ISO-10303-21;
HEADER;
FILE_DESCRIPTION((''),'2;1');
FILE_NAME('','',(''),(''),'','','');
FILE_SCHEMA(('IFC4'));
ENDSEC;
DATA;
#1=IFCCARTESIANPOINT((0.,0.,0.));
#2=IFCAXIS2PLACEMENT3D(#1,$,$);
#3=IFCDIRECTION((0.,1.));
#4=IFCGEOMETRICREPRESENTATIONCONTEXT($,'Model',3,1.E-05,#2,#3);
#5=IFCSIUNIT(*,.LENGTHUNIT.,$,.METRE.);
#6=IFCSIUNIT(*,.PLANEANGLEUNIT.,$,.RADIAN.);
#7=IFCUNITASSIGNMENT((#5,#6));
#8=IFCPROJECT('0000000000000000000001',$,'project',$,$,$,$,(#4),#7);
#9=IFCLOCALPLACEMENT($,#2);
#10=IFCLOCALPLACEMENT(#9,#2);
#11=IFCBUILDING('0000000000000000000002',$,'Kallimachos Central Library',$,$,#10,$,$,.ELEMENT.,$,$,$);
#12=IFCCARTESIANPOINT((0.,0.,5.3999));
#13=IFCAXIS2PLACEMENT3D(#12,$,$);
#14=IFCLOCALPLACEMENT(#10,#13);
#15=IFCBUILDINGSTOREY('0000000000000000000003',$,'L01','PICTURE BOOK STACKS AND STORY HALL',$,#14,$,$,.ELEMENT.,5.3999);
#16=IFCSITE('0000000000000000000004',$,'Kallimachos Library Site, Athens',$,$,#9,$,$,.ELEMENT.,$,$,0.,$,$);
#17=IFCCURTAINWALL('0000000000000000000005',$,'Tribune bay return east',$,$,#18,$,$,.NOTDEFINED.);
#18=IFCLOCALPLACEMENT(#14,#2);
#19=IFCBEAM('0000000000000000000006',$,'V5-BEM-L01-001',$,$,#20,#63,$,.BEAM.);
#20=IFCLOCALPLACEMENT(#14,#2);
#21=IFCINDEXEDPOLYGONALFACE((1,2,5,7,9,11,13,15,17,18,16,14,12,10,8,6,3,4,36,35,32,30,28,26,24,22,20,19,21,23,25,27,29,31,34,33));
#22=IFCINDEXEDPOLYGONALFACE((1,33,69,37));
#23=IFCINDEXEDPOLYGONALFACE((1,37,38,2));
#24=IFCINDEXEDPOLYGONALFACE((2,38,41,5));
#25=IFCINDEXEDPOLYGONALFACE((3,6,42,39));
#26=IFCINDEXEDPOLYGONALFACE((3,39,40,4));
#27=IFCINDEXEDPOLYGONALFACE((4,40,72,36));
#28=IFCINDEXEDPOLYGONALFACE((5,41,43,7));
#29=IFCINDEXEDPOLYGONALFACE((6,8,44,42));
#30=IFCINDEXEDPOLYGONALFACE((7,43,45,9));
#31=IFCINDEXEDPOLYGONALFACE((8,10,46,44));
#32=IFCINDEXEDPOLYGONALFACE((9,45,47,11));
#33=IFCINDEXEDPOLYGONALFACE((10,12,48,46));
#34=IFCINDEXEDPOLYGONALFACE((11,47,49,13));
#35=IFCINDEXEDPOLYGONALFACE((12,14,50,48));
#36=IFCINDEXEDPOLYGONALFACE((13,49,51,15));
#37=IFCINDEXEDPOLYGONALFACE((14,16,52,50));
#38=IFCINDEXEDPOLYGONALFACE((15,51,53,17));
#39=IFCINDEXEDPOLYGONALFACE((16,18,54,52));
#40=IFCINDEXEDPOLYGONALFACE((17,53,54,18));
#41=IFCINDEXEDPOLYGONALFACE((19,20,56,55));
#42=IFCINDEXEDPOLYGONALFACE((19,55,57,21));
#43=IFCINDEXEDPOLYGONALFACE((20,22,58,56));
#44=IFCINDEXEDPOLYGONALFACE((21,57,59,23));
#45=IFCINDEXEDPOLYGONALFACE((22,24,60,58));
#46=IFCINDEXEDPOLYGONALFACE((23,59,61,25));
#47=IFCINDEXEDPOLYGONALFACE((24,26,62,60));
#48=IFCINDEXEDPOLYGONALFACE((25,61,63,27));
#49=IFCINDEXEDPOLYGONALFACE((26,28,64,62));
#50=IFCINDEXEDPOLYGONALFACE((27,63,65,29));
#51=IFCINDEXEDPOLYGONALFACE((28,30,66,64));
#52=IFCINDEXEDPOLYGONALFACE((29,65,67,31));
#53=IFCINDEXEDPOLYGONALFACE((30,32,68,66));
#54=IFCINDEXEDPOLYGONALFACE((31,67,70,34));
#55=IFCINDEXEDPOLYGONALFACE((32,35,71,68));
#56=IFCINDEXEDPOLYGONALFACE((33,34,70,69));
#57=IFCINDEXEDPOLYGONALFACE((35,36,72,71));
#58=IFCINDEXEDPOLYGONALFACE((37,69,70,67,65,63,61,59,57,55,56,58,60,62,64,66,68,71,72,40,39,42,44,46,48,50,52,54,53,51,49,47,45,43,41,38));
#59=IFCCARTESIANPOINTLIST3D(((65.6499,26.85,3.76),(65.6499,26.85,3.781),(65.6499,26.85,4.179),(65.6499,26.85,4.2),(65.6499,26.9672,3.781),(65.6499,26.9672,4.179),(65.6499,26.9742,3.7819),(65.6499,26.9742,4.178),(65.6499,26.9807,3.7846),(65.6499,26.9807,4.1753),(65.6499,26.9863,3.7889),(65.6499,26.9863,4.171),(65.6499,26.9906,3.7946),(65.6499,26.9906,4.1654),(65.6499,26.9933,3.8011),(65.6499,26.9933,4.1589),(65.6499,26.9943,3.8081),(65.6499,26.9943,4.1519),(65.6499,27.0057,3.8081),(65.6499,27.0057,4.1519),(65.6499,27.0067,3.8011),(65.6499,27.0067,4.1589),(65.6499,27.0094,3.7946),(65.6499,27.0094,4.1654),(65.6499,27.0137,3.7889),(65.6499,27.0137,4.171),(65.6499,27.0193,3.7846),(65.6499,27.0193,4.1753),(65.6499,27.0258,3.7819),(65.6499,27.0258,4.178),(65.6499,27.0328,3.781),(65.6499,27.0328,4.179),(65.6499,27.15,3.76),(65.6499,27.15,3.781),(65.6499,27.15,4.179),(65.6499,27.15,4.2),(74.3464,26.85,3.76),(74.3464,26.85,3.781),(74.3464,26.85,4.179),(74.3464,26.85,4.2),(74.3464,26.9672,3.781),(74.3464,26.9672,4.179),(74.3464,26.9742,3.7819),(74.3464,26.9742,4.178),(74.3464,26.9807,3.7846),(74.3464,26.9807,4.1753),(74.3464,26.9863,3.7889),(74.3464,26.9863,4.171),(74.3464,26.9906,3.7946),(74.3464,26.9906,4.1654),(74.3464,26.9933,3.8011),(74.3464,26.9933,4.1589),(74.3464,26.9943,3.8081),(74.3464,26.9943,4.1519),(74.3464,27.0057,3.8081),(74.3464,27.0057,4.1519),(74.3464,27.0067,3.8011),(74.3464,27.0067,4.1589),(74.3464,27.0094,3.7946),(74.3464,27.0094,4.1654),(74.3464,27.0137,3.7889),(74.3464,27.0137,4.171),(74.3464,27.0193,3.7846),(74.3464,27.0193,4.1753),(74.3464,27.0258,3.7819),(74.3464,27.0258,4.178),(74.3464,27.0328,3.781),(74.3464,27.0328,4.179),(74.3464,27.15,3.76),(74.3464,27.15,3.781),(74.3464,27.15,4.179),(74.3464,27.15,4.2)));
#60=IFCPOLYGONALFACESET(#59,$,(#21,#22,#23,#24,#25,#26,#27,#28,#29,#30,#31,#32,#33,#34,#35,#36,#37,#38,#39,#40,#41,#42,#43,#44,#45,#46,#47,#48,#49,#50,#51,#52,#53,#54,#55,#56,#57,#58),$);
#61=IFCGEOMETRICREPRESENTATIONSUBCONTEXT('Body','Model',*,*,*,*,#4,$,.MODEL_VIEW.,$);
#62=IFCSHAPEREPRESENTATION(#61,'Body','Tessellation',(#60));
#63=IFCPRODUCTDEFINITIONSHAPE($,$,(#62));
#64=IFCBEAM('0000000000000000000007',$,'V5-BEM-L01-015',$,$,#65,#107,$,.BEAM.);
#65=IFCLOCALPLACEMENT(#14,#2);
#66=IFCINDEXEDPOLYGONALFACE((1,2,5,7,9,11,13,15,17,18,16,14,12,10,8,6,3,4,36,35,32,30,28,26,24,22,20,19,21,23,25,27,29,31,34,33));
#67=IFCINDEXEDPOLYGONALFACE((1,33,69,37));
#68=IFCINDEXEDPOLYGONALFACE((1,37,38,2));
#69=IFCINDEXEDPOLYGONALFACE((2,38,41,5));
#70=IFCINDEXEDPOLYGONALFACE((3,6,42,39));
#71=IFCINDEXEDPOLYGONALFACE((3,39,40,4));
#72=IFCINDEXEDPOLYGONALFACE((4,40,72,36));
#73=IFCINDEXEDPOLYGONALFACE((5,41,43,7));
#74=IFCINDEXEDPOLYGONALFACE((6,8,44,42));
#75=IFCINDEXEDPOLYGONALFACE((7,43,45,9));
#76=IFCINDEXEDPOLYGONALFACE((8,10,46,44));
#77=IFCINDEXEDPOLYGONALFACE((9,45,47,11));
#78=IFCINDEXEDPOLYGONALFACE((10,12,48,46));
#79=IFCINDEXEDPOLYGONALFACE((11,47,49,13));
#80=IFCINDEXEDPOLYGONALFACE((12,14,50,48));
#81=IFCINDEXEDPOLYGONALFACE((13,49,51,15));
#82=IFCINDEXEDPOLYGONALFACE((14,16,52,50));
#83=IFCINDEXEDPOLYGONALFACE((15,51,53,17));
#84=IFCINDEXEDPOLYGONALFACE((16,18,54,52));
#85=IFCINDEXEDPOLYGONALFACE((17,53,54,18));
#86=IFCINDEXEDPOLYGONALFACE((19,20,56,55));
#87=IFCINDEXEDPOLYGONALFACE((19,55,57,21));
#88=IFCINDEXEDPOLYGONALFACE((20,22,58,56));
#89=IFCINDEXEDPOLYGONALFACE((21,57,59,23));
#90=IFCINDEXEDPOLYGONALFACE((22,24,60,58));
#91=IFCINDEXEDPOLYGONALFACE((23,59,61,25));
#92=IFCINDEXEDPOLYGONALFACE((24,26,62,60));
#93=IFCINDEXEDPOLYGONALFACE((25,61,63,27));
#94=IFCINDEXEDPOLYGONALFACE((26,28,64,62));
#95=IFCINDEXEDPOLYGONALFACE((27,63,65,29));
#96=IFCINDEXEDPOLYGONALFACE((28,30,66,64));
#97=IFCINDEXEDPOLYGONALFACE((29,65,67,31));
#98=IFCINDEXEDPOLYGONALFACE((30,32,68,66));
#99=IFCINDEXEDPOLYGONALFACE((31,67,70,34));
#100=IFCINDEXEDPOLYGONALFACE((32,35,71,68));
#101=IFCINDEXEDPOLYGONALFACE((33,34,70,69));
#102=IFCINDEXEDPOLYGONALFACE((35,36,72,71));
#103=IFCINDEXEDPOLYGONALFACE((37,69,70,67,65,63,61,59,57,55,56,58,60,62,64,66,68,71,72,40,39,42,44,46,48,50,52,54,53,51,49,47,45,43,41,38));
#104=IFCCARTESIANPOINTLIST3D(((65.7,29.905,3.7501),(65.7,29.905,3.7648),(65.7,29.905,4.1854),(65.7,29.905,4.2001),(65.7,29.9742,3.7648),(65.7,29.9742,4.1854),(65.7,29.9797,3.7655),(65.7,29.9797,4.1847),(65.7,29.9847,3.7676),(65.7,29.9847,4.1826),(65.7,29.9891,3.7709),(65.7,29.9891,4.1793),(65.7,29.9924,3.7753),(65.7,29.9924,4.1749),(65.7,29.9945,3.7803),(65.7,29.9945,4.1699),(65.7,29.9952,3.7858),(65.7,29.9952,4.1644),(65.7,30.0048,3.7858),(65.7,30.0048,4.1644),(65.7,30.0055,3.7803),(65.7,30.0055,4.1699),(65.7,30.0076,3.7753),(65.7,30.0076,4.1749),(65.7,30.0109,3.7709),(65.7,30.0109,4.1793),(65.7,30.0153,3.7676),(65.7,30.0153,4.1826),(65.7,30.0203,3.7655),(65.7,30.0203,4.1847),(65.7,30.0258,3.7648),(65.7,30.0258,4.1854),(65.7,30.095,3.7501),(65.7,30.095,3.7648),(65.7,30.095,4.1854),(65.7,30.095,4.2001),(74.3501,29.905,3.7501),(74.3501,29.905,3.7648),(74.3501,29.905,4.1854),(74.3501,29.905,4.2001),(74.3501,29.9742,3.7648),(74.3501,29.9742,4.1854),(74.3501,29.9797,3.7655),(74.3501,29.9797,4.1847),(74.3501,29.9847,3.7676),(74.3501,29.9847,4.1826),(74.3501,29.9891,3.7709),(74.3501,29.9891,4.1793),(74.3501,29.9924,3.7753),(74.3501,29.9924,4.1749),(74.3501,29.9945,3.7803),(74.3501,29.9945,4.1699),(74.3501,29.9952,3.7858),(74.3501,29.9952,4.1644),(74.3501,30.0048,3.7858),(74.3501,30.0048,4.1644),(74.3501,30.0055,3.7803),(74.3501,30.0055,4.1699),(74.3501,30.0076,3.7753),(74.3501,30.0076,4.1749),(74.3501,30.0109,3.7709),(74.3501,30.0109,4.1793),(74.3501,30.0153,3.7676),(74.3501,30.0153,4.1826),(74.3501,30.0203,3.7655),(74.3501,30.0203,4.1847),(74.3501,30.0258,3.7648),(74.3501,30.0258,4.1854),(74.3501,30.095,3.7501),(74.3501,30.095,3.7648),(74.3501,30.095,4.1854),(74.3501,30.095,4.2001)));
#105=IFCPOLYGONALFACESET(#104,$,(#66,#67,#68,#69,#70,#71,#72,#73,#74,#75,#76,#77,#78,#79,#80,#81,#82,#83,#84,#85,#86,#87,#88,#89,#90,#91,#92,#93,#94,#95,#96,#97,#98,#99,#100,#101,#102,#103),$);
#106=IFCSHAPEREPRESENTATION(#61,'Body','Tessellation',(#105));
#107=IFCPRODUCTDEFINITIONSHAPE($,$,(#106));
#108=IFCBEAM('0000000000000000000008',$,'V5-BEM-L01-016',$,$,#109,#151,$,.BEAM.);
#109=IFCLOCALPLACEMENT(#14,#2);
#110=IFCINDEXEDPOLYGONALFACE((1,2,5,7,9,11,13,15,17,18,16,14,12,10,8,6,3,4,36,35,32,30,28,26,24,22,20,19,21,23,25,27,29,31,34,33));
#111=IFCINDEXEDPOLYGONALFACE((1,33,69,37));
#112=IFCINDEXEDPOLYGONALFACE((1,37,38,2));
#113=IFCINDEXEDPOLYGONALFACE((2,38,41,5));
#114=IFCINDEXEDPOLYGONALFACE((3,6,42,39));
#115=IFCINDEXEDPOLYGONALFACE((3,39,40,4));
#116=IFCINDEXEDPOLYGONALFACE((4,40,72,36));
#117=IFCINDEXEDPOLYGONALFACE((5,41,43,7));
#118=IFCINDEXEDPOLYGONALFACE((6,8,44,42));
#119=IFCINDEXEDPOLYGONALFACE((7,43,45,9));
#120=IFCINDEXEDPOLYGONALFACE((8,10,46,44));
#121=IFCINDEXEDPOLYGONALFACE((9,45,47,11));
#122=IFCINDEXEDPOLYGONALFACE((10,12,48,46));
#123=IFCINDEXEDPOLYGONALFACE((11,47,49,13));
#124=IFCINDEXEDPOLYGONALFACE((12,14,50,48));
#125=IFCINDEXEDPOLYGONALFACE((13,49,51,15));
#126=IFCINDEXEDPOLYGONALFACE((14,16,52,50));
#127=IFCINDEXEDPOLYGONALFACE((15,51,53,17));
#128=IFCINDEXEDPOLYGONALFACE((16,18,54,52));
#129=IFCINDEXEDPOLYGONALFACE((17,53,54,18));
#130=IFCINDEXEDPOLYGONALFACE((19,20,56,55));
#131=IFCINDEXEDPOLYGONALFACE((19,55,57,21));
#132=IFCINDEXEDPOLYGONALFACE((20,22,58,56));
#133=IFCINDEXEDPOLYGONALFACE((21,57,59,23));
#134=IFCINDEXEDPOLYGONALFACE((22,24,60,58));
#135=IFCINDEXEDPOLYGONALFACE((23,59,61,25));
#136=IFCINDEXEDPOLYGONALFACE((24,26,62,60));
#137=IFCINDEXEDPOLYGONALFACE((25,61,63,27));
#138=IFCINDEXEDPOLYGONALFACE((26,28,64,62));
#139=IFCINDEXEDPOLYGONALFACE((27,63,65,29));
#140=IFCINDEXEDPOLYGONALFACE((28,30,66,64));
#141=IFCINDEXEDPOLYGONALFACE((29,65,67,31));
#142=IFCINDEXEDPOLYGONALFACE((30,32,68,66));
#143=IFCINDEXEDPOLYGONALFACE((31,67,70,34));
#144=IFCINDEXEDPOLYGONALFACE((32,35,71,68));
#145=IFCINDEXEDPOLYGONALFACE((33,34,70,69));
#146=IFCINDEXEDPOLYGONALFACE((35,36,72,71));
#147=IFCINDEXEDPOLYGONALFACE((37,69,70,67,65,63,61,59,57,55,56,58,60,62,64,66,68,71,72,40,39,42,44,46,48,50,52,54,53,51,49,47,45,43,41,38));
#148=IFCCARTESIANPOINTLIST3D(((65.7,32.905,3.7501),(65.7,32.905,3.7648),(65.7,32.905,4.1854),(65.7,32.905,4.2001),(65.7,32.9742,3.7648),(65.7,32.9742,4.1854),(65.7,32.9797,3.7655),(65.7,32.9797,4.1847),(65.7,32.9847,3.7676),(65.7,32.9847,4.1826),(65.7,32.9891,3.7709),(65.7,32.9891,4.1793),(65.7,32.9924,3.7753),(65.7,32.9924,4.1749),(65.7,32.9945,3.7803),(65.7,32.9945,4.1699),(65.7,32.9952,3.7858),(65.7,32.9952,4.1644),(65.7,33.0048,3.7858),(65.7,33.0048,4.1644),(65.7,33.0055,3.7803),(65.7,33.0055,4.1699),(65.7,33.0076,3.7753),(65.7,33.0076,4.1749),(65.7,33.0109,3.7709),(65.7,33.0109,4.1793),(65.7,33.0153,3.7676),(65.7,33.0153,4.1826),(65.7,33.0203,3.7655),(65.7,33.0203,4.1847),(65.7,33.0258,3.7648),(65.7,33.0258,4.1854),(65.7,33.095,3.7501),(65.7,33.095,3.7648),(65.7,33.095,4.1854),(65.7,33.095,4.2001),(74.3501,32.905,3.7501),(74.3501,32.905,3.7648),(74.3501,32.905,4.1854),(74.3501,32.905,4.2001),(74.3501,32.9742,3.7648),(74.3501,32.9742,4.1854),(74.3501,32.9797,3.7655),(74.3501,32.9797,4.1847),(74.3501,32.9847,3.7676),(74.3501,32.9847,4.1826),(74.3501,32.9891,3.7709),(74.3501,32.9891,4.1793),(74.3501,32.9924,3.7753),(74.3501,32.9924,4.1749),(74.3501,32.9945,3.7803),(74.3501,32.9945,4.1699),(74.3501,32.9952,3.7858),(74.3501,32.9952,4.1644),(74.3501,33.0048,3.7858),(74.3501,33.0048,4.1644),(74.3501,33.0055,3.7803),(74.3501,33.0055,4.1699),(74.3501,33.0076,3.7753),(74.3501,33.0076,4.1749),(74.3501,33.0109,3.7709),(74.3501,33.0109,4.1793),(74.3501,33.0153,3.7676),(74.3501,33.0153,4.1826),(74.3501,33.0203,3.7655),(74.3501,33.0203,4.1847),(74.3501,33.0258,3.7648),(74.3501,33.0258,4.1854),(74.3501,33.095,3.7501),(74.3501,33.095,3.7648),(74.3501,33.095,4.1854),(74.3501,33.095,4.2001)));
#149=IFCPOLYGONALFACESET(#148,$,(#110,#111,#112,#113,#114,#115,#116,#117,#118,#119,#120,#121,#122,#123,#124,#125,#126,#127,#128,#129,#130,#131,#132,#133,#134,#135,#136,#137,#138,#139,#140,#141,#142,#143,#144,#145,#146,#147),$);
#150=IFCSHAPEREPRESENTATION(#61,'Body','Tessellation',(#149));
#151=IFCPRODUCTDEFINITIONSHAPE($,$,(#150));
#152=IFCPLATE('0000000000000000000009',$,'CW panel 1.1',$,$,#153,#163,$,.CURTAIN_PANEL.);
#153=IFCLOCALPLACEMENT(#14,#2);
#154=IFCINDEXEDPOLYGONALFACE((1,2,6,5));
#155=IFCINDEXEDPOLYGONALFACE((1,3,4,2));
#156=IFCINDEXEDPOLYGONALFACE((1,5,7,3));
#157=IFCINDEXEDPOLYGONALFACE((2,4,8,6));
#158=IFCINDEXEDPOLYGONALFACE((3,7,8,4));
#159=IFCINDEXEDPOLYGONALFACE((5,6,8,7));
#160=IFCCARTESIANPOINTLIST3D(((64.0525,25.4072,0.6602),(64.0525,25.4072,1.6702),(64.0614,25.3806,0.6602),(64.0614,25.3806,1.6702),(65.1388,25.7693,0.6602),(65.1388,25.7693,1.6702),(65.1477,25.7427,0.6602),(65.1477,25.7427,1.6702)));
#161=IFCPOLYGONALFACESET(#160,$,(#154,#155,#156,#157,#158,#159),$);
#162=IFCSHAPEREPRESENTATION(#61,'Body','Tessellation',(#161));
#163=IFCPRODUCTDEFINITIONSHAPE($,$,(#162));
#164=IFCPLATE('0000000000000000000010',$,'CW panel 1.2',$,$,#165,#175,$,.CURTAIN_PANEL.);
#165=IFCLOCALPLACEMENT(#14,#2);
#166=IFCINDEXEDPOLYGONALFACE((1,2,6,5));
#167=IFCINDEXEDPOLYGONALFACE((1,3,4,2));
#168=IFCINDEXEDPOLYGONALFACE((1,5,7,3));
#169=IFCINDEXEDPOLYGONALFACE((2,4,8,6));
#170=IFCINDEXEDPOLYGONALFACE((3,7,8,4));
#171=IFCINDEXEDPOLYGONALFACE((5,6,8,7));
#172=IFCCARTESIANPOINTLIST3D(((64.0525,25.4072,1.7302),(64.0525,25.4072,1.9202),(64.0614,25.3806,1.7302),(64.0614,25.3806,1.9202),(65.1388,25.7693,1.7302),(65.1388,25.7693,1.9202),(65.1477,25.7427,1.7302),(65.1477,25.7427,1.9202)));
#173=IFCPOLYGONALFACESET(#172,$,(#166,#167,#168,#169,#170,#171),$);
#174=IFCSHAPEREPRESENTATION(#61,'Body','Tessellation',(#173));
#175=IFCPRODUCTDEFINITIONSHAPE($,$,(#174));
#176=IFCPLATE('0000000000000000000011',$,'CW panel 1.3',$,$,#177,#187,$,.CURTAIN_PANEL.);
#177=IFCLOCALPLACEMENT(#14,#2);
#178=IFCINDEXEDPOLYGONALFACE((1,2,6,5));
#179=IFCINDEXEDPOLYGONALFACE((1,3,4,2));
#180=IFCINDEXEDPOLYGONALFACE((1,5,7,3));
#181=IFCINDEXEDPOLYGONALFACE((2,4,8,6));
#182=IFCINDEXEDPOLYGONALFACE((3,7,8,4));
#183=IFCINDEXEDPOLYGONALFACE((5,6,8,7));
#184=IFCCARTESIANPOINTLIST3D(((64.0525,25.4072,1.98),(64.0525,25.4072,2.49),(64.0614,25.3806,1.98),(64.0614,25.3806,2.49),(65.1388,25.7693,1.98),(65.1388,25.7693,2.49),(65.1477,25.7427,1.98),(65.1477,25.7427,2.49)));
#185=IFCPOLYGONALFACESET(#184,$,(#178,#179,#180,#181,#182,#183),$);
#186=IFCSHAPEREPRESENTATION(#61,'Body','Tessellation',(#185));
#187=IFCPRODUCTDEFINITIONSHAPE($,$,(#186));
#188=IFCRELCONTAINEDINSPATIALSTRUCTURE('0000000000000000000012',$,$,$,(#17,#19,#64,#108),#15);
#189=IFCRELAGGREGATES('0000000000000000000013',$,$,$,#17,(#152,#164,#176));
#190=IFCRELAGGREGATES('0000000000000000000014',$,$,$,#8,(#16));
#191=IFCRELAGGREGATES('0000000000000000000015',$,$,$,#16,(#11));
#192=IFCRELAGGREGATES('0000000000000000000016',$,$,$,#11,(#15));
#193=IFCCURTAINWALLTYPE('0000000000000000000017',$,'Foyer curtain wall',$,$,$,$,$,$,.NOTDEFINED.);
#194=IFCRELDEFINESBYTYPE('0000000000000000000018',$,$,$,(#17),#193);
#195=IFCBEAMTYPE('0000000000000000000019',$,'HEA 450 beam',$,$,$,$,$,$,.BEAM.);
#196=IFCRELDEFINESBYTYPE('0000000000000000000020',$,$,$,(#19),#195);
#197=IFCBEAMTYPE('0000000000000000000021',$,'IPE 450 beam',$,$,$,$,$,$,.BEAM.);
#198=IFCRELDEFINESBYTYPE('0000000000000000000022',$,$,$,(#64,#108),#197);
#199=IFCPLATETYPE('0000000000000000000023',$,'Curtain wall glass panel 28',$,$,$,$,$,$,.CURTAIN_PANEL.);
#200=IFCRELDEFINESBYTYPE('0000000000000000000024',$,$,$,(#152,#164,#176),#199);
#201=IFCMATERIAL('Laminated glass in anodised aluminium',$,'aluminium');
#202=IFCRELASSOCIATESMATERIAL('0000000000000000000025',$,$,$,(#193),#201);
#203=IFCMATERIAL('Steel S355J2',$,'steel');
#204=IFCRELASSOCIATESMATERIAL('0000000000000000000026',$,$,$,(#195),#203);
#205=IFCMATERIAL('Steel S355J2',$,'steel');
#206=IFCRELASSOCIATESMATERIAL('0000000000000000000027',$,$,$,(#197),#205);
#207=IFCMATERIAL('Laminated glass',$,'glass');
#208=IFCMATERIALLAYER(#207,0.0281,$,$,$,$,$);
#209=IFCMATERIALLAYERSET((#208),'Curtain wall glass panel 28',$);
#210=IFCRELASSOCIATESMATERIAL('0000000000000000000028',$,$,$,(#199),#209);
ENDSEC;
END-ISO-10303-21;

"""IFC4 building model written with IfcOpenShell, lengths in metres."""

from ifc_helpers import new_model, si_unit, direction, frame, origin, origin_2d, place, context, subcontext, project, spatial, rectangle, i_section, extrude, material, layer, layer_set, material_profile, profile_set, type_object, element, aggregate, save


model = new_model("IFC4")

# Units and contexts
model_context = context("Model", 3, precision=1e-05, world=origin(), true_north=direction((0.0, 1.0)))
body_context = subcontext(model_context, "Body", "Model", "MODEL_VIEW")
ifc_project = project(units=[si_unit("LENGTHUNIT", "METRE"), si_unit("PLANEANGLEUNIT", "RADIAN")], contexts=[model_context])

# Site, building, storey
site_placement = place(None, origin())
site = spatial("IfcSite", under=ifc_project, at=site_placement, Name="Kallimachos Library Site, Athens", CompositionType="ELEMENT", RefElevation=0.0)
building_placement = place(site_placement, origin())
building = spatial("IfcBuilding", under=site, at=building_placement, Name="Kallimachos Central Library", CompositionType="ELEMENT")
storey_placement = place(building_placement, frame((0.0, 0.0, 5.3999)))
storey = spatial("IfcBuildingStorey", under=building, at=storey_placement, Name="L01", Description="PICTURE BOOK STACKS AND STORY HALL", CompositionType="ELEMENT", Elevation=5.3999)

# Curtain wall
ifc_material_1 = material(Name="Laminated glass in anodised aluminium", Category="aluminium")
curtain_wall_type = type_object("IfcCurtainWallType", Name="Foyer curtain wall", PredefinedType="NOTDEFINED", material=ifc_material_1)
curtain_wall_placement = place(storey_placement, origin())
curtain_wall = element("IfcCurtainWall", 1, at=curtain_wall_placement, inside=storey, type_object=curtain_wall_type, Name="Tribune bay return east", PredefinedType="NOTDEFINED")

# Beams
ifc_material_2 = material(Name="Steel S355J2", Category="steel")
ifc_material_profile_1 = material_profile(ifc_material_2, i_section(OverallWidth=0.3, OverallDepth=0.4399, WebThickness=0.0115, FlangeThickness=0.021, FilletRadius=0.0271, at=origin_2d()), Name="HEA 450")
ifc_profile_set_1 = profile_set([ifc_material_profile_1], Name="Steel S355J2")
beam_type_1 = type_object("IfcBeamType", Name="HEA 450 beam", PredefinedType="BEAM", material=ifc_profile_set_1)
beam_placement = place(storey_placement, frame((65.6499, 27.0, 3.98), z_axis=(1.0, 0.0, 0.0), x_axis=(0.0, 1.0, 0.0)))
element("IfcBeam", 2, at=beam_placement, inside=storey, type_object=beam_type_1, Name="V5-BEM-L01-001", PredefinedType="BEAM", context=body_context, shape_type="SweptSolid", body=[
    extrude(i_section(OverallWidth=0.3, OverallDepth=0.4399, WebThickness=0.0115, FlangeThickness=0.021, FilletRadius=0.0271, at=origin_2d()), origin(), (0.0, 0.0, 1.0), 8.6965),
])
ifc_material_3 = material(Name="Steel S355J2", Category="steel")
ifc_material_profile_2 = material_profile(ifc_material_3, i_section(OverallWidth=0.1899, OverallDepth=0.45, WebThickness=0.0095, FlangeThickness=0.0146, FilletRadius=0.021, at=origin_2d()), Name="IPE 450")
ifc_profile_set_2 = profile_set([ifc_material_profile_2], Name="Steel S355J2")
beam_type_2 = type_object("IfcBeamType", Name="IPE 450 beam", PredefinedType="BEAM", material=ifc_profile_set_2)
for number, where, z_axis, x_axis, name in (
    (3, (65.7, 30.0, 3.9751), (1.0, 0.0, 0.0), (0.0, 1.0, 0.0), "V5-BEM-L01-015"),
    (4, (65.7, 33.0, 3.9751), (1.0, 0.0, 0.0), (0.0, 1.0, 0.0), "V5-BEM-L01-016"),
):
    element("IfcBeam", number, at=place(storey_placement, frame(where, z_axis=z_axis, x_axis=x_axis)), inside=storey, type_object=beam_type_2, Name=name, PredefinedType="BEAM", context=body_context, shape_type="SweptSolid", body=[
        extrude(i_section(OverallWidth=0.1899, OverallDepth=0.45, WebThickness=0.0095, FlangeThickness=0.0146, FilletRadius=0.021, at=origin_2d()), origin(), (0.0, 0.0, 1.0), 8.6501),
    ])

# Plates
ifc_material_4 = material(Name="Laminated glass", Category="glass")
ifc_layer_1 = layer(ifc_material_4, 0.0281)
ifc_layer_set_1 = layer_set([ifc_layer_1], Name="Curtain wall glass panel 28")
plate_type = type_object("IfcPlateType", Name="Curtain wall glass panel 28", PredefinedType="CURTAIN_PANEL", material=ifc_layer_set_1)
plate_1_placement = place(storey_placement, frame((64.6001, 25.575, 0.6602), z_axis=(0.0, 0.0, 1.0), x_axis=(0.948683, 0.316228, 0.0)))
plate_1 = element("IfcPlate", 5, at=plate_1_placement, type_object=plate_type, Name="CW panel 1.1", PredefinedType="CURTAIN_PANEL", context=body_context, shape_type="SweptSolid", body=[
    extrude(rectangle(XDim=1.145, YDim=0.0281, at=origin_2d()), origin(), (0.0, 0.0, 1.0), 1.01),
])
plate_2_placement = place(storey_placement, frame((64.6001, 25.575, 1.7302), z_axis=(0.0, 0.0, 1.0), x_axis=(0.948683, 0.316228, 0.0)))
plate_2 = element("IfcPlate", 6, at=plate_2_placement, type_object=plate_type, Name="CW panel 1.2", PredefinedType="CURTAIN_PANEL", context=body_context, shape_type="SweptSolid", body=[
    extrude(rectangle(XDim=1.145, YDim=0.0281, at=origin_2d()), origin(), (0.0, 0.0, 1.0), 0.1899),
])
plate_3_placement = place(storey_placement, frame((64.6001, 25.575, 1.98), z_axis=(0.0, 0.0, 1.0), x_axis=(0.948683, 0.316228, 0.0)))
plate_3 = element("IfcPlate", 7, at=plate_3_placement, type_object=plate_type, Name="CW panel 1.3", PredefinedType="CURTAIN_PANEL", context=body_context, shape_type="SweptSolid", body=[
    extrude(rectangle(XDim=1.145, YDim=0.0281, at=origin_2d()), origin(), (0.0, 0.0, 1.0), 0.51),
])
aggregate(curtain_wall, [plate_1, plate_2, plate_3])

save(model, "model.ifc")
